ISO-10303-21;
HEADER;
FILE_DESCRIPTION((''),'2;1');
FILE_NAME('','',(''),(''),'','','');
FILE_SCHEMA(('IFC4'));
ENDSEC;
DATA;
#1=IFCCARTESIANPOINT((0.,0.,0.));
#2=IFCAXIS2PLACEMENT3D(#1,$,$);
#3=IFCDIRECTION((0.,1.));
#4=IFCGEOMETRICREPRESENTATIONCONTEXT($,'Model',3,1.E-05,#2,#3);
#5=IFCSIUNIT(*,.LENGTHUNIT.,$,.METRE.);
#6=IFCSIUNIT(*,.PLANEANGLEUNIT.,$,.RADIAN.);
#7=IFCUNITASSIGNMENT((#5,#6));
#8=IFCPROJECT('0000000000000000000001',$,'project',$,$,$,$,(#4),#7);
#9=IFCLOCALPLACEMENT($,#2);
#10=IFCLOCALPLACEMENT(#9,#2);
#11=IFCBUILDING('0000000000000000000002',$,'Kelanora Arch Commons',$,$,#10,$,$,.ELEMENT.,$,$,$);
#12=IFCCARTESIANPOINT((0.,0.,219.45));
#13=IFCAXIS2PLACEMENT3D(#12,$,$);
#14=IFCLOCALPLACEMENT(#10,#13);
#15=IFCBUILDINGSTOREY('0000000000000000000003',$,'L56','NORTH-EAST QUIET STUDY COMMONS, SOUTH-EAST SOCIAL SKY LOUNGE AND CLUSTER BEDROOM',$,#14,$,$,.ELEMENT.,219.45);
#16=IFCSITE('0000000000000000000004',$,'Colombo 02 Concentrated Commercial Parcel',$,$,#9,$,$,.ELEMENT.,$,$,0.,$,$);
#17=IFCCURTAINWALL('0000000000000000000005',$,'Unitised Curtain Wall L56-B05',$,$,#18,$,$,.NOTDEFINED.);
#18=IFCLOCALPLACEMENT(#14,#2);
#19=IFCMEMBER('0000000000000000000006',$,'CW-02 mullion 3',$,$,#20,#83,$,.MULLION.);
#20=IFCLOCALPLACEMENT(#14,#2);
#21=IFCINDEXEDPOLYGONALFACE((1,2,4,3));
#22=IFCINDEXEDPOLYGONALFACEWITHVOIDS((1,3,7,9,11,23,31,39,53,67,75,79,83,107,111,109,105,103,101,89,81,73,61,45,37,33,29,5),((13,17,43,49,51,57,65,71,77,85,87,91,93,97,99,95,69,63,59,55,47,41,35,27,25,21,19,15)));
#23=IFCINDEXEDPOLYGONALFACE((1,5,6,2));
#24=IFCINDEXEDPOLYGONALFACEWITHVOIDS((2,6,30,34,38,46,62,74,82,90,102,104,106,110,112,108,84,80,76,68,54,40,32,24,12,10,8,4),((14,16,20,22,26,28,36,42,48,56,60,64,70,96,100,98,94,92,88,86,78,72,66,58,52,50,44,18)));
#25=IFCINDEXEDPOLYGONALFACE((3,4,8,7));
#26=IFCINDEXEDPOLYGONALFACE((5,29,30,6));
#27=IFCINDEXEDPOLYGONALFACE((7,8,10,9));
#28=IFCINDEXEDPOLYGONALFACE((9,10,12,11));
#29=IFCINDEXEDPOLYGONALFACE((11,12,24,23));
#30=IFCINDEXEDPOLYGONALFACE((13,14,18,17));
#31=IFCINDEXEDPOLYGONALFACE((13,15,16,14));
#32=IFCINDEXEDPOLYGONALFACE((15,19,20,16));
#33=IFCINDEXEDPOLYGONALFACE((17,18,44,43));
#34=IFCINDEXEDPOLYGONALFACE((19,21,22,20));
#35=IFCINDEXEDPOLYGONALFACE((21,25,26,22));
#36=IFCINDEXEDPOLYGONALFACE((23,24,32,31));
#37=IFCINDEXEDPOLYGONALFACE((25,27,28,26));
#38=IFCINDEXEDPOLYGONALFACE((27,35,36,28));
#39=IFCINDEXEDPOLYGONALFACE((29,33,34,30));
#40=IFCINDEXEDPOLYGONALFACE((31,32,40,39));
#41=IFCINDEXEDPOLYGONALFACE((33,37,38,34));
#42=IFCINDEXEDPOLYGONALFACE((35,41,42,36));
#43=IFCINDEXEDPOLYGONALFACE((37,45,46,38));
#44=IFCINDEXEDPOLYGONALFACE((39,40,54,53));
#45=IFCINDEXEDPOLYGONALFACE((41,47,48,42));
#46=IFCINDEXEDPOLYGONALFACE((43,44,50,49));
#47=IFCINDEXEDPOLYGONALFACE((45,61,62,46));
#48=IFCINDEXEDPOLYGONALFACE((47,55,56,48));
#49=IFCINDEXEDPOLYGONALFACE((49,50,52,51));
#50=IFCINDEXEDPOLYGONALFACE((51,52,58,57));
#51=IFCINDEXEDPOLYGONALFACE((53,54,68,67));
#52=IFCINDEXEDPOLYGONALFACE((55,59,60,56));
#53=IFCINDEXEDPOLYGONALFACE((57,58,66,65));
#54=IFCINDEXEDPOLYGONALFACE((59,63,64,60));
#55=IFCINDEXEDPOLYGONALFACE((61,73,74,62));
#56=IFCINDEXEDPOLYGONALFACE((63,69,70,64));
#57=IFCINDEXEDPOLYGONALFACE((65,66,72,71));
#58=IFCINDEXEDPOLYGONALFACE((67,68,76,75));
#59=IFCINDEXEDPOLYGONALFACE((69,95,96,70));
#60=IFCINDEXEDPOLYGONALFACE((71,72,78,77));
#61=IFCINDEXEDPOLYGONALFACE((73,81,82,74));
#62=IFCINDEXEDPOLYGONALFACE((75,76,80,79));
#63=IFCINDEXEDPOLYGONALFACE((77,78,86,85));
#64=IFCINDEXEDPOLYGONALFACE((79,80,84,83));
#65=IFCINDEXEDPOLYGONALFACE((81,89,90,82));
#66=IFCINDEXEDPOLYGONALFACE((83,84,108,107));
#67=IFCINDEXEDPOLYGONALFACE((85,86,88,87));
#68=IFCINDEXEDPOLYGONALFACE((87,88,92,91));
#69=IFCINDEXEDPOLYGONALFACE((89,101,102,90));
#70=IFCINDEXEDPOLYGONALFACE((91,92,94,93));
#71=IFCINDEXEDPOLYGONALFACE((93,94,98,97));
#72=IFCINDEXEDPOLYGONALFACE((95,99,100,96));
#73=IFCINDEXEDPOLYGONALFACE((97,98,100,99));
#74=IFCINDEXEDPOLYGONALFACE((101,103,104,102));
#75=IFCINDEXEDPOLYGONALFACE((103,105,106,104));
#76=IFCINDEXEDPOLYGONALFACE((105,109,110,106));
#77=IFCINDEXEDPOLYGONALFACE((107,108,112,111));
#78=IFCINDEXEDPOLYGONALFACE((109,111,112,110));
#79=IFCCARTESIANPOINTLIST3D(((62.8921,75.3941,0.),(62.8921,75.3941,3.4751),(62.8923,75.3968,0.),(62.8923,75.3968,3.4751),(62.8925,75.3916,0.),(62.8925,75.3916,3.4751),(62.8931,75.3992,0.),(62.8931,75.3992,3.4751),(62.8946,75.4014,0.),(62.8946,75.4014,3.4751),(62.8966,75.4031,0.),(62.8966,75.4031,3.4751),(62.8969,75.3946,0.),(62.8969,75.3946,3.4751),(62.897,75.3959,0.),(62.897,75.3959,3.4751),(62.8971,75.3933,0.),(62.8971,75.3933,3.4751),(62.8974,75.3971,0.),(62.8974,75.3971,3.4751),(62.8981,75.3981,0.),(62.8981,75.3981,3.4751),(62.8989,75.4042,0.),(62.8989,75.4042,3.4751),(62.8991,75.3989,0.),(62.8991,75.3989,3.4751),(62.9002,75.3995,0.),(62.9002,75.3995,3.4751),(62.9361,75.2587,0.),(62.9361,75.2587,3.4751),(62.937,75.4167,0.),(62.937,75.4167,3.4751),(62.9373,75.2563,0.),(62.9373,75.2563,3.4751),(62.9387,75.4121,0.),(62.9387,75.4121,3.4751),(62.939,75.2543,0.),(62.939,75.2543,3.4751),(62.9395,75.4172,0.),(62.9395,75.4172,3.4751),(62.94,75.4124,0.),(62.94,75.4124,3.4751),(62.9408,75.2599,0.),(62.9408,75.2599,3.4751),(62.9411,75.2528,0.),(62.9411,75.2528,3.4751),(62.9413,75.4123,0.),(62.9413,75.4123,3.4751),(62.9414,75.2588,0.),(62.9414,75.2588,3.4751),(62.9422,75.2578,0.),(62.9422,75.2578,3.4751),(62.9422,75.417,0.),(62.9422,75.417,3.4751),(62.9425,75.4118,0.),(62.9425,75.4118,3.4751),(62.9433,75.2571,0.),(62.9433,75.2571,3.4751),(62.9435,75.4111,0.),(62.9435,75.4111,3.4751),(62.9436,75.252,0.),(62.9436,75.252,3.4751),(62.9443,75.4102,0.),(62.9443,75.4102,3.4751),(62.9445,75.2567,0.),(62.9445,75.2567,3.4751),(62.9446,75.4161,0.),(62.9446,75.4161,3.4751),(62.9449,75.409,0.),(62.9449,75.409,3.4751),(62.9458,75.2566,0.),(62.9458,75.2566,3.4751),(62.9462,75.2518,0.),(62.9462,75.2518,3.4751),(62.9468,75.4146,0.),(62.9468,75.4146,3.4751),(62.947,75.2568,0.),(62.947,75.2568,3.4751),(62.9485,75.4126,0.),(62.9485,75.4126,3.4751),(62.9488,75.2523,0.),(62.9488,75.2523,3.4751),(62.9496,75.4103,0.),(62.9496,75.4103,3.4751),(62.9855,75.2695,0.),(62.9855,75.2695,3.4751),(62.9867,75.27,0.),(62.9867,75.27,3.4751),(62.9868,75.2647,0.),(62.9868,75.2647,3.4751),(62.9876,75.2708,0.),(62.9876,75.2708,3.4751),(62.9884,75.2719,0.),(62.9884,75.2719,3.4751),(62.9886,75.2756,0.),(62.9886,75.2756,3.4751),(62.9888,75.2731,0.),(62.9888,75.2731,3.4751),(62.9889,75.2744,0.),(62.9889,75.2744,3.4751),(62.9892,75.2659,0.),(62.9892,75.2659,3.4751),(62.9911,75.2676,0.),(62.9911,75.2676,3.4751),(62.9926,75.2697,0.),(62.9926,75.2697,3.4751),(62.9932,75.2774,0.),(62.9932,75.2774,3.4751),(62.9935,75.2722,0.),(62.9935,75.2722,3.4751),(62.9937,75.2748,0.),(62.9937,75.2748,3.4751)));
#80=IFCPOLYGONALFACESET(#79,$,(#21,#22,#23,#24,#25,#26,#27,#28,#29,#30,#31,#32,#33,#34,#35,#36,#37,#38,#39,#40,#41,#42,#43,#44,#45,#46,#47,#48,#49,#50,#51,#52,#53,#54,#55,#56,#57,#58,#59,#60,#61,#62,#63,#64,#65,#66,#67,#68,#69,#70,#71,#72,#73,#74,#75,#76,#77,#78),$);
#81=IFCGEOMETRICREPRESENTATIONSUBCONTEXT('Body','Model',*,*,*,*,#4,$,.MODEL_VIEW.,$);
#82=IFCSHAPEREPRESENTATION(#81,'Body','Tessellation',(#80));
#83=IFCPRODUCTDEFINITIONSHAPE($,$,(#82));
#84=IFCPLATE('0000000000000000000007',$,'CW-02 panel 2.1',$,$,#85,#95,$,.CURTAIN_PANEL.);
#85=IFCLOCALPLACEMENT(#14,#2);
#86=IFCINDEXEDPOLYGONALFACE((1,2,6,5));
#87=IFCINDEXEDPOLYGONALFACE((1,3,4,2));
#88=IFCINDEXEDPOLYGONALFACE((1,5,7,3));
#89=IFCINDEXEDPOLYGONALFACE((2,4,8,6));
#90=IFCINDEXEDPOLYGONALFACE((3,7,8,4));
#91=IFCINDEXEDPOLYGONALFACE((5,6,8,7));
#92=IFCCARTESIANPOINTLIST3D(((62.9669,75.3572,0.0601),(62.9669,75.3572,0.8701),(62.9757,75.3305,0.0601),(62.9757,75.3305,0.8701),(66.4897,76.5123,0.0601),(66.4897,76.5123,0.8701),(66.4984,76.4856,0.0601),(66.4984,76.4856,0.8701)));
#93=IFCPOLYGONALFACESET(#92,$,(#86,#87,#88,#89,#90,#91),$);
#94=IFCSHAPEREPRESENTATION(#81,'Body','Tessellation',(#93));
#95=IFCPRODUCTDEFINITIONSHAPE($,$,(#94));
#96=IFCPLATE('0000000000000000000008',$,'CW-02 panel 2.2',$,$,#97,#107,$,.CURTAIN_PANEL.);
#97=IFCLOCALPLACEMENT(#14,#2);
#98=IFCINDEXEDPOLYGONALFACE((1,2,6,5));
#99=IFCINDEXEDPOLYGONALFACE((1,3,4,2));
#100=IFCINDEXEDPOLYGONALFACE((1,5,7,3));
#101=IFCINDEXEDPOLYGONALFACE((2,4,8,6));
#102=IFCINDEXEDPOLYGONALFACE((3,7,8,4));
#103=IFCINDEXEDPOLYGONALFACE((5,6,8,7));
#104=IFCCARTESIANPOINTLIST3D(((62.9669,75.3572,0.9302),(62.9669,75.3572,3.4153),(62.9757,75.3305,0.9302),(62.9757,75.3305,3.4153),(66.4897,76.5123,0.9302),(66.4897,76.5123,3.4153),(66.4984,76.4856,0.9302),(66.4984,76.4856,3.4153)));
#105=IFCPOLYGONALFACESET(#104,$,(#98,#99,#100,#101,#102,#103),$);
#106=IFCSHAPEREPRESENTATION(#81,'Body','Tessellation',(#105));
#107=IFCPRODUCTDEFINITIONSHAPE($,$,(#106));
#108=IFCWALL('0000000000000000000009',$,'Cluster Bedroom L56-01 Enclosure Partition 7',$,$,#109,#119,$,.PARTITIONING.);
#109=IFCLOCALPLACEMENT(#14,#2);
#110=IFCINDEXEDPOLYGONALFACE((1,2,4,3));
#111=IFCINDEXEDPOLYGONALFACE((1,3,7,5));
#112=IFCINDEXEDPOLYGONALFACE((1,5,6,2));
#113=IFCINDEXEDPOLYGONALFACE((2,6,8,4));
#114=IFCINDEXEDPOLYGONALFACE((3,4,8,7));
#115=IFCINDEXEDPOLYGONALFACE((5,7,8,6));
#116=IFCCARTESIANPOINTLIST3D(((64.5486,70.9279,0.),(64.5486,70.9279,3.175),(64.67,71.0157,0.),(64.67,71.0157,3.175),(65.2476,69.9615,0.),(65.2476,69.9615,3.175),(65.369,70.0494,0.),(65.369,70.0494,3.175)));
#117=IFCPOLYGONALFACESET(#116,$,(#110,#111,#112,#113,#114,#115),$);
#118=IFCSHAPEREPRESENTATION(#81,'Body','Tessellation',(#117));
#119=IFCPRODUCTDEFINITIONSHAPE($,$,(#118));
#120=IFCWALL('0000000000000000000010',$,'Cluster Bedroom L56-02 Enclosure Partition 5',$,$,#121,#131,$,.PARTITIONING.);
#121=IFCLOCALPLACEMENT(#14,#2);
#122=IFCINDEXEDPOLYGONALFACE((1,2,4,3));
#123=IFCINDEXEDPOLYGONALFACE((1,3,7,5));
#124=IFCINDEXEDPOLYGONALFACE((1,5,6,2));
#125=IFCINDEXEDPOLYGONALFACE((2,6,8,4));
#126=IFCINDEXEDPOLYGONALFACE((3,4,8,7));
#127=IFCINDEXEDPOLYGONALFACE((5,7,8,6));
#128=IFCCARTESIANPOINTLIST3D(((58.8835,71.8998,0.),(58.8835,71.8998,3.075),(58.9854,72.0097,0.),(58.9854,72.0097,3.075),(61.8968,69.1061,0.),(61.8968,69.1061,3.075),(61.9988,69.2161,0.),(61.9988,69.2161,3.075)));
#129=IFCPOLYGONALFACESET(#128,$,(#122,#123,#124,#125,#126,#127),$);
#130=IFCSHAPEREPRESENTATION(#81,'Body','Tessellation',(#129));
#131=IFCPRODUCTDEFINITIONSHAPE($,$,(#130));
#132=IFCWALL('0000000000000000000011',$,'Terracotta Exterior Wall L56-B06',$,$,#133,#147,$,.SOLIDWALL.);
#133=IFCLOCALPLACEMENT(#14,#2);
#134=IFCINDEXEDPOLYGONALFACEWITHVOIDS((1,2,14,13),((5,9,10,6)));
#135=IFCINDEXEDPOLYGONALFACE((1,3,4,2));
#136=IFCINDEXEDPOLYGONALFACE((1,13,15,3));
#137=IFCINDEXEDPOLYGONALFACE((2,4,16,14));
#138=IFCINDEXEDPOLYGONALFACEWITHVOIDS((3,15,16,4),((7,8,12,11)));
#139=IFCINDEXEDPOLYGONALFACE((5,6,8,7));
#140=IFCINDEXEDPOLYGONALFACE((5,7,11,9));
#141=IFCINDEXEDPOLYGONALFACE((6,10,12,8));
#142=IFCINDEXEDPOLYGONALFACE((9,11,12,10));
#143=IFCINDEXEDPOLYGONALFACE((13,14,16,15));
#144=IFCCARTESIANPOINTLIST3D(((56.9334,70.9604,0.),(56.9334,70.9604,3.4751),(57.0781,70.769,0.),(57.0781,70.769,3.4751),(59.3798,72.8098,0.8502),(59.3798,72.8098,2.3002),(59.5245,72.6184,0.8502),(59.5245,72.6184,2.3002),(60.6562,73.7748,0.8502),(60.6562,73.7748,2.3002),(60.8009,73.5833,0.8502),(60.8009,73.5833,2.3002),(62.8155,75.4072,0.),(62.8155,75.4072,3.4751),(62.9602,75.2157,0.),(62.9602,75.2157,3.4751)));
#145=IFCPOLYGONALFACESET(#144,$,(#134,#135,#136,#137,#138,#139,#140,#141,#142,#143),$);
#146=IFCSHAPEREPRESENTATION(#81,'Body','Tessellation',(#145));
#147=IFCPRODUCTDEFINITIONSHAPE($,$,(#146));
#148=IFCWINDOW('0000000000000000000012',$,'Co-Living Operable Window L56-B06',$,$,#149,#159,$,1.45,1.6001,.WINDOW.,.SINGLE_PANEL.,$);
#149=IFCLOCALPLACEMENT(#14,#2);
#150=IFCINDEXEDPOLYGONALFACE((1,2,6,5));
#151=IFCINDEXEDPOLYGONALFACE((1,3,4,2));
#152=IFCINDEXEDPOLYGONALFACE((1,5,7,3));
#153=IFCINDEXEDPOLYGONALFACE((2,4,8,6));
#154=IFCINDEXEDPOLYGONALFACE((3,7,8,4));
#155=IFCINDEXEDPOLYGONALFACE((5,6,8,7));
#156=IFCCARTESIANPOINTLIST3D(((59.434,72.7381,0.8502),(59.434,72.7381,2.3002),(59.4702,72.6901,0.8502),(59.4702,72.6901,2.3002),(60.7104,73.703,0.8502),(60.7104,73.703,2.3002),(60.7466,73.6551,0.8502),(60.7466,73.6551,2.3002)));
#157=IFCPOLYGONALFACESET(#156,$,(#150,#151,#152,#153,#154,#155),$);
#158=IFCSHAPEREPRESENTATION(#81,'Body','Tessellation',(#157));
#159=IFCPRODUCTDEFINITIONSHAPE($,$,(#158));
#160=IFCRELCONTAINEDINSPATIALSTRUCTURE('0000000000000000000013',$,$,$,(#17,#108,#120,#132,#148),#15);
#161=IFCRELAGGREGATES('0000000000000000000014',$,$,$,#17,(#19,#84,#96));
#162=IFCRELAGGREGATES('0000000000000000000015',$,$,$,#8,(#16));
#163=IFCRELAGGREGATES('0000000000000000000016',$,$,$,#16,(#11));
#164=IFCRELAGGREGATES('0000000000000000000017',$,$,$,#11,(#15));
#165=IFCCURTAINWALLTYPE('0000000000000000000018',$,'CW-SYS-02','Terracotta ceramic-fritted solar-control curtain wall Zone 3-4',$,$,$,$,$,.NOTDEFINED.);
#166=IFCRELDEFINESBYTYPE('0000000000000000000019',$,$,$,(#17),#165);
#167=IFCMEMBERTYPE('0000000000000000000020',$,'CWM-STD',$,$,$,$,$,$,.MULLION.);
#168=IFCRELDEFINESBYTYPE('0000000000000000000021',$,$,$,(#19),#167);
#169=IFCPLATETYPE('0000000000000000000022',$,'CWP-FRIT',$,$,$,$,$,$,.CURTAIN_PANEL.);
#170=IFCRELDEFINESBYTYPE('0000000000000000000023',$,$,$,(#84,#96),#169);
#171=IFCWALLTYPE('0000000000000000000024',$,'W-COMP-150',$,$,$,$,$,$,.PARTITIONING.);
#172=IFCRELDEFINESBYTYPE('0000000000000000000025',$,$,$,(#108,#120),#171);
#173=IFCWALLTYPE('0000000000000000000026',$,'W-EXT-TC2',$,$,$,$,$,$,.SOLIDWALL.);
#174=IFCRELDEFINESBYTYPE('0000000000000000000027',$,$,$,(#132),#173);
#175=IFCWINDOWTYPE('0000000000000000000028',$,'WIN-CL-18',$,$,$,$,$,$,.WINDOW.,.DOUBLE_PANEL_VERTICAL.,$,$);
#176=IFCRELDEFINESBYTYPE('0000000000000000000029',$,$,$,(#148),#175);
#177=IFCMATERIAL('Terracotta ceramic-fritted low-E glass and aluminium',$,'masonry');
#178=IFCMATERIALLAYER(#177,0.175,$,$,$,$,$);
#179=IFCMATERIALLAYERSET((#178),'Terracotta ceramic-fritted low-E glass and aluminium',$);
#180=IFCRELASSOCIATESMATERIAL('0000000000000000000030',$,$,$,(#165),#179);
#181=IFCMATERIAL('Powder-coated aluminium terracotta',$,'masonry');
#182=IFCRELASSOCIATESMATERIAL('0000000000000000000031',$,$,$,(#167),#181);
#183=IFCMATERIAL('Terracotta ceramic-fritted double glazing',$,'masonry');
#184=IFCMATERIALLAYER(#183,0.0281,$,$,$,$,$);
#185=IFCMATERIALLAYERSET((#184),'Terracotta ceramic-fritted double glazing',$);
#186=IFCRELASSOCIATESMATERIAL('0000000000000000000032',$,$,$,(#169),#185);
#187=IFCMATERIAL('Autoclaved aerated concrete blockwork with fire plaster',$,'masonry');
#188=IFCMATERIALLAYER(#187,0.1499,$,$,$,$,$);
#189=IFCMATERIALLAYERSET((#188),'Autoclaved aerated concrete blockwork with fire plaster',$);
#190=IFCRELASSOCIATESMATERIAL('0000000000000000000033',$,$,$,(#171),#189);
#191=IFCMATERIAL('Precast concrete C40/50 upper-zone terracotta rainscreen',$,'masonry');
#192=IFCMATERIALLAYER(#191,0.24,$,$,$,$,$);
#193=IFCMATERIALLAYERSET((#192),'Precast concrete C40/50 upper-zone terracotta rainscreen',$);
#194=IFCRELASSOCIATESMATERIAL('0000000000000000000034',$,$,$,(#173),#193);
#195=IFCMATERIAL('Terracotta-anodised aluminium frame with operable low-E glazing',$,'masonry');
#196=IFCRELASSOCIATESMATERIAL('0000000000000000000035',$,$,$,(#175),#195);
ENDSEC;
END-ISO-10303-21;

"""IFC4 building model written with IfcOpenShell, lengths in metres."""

from ifc_helpers import new_model, si_unit, direction, frame, frame_2d, origin, origin_2d, place, context, subcontext, project, spatial, rectangle, hollow_rectangle, extrude, source, transform, mapped, material, layer, layer_set, material_profile, profile_set, type_object, element, fill, aggregate, save


model = new_model("IFC4")

# Units and contexts
model_context = context("Model", 3, precision=1e-05, world=origin(), true_north=direction((0.0, 1.0)))
body_context = subcontext(model_context, "Body", "Model", "MODEL_VIEW")
ifc_project = project(units=[si_unit("LENGTHUNIT", "METRE"), si_unit("PLANEANGLEUNIT", "RADIAN")], contexts=[model_context])

# Site, building, storey
site_placement = place(None, origin())
site = spatial("IfcSite", under=ifc_project, at=site_placement, Name="Colombo 02 Concentrated Commercial Parcel", CompositionType="ELEMENT", RefElevation=0.0)
building_placement = place(site_placement, origin())
building = spatial("IfcBuilding", under=site, at=building_placement, Name="Kelanora Arch Commons", CompositionType="ELEMENT")
storey_placement = place(building_placement, frame((0.0, 0.0, 219.45)))
storey = spatial("IfcBuildingStorey", under=building, at=storey_placement, Name="L56", Description="NORTH-EAST QUIET STUDY COMMONS, SOUTH-EAST SOCIAL SKY LOUNGE AND CLUSTER BEDROOM", CompositionType="ELEMENT", Elevation=219.45)

# Curtain wall, member, plates
ifc_material_1 = material(Name="Terracotta ceramic-fritted low-E glass and aluminium", Category="masonry")
ifc_layer_1 = layer(ifc_material_1, 0.175)
ifc_layer_set_1 = layer_set([ifc_layer_1], Name="Terracotta ceramic-fritted low-E glass and aluminium")
curtain_wall_type = type_object("IfcCurtainWallType", Name="CW-SYS-02", Description="Terracotta ceramic-fritted solar-control curtain wall Zone 3-4", PredefinedType="NOTDEFINED", material=ifc_layer_set_1)
curtain_wall_placement = place(storey_placement, origin())
curtain_wall = element("IfcCurtainWall", 1, at=curtain_wall_placement, inside=storey, type_object=curtain_wall_type, Name="Unitised Curtain Wall L56-B05", PredefinedType="NOTDEFINED")
ifc_material_2 = material(Name="Powder-coated aluminium terracotta", Category="masonry")
ifc_material_profile_1 = material_profile(ifc_material_2, hollow_rectangle(XDim=0.1599, YDim=0.0601, WallThickness=0.0049, InnerFilletRadius=0.0049, OuterFilletRadius=0.01, at=origin_2d()), Name="CWM160x60")
ifc_profile_set_1 = profile_set([ifc_material_profile_1], Name="Powder-coated aluminium terracotta")
member_type = type_object("IfcMemberType", Name="CWM-STD", PredefinedType="MULLION", material=ifc_profile_set_1)
member_placement = place(storey_placement, frame((62.9429, 75.3345, 0.0), z_axis=(0.0, 0.0, 1.0), x_axis=(0.311582, -0.950219, 0.0)))
member = element("IfcMember", 2, at=member_placement, type_object=member_type, Name="CW-02 mullion 3", PredefinedType="MULLION", context=body_context, shape_type="SweptSolid", body=[
    extrude(hollow_rectangle(XDim=0.1599, YDim=0.0601, WallThickness=0.0049, InnerFilletRadius=0.0049, OuterFilletRadius=0.01, at=origin_2d()), origin(), (0.0, 0.0, 1.0), 3.4751),
])
ifc_material_3 = material(Name="Terracotta ceramic-fritted double glazing", Category="masonry")
ifc_layer_2 = layer(ifc_material_3, 0.0281)
ifc_layer_set_2 = layer_set([ifc_layer_2], Name="Terracotta ceramic-fritted double glazing")
plate_type = type_object("IfcPlateType", Name="CWP-FRIT", PredefinedType="CURTAIN_PANEL", material=ifc_layer_set_2)
shared_shape_1 = source(origin(), body_context, "Body", "SweptSolid", [
    extrude(rectangle(XDim=3.7073, YDim=0.0281, at=origin_2d()), origin(), (0.0, 0.0, 1.0), 0.8101),
])
plate_1_placement = place(storey_placement, frame((64.7327, 75.9214, 0.0601), z_axis=(0.0, 0.0, 1.0), x_axis=(-0.950219, -0.311582, 0.0)))
plate_1 = element("IfcPlate", 3, at=plate_1_placement, type_object=plate_type, Name="CW-02 panel 2.1", PredefinedType="CURTAIN_PANEL", context=body_context, shape_type="MappedRepresentation", body=[
    mapped(shared_shape_1, transform((0.0, 0.0, 0.0), scale=1.0)),
])
shared_shape_2 = source(origin(), body_context, "Body", "SweptSolid", [
    extrude(rectangle(XDim=3.7073, YDim=0.0281, at=origin_2d()), origin(), (0.0, 0.0, 1.0), 2.4851),
])
plate_2_placement = place(storey_placement, frame((64.7327, 75.9214, 0.9302), z_axis=(0.0, 0.0, 1.0), x_axis=(-0.950219, -0.311582, 0.0)))
plate_2 = element("IfcPlate", 4, at=plate_2_placement, type_object=plate_type, Name="CW-02 panel 2.2", PredefinedType="CURTAIN_PANEL", context=body_context, shape_type="MappedRepresentation", body=[
    mapped(shared_shape_2, transform((0.0, 0.0, 0.0), scale=1.0)),
])
aggregate(curtain_wall, [member, plate_1, plate_2])

# Walls
ifc_material_4 = material(Name="Autoclaved aerated concrete blockwork with fire plaster", Category="masonry")
ifc_layer_3 = layer(ifc_material_4, 0.1499)
ifc_layer_set_3 = layer_set([ifc_layer_3], Name="Autoclaved aerated concrete blockwork with fire plaster")
wall_type_1 = type_object("IfcWallType", Name="W-COMP-150", PredefinedType="PARTITIONING", material=ifc_layer_set_3)
wall_1_placement = place(storey_placement, frame((64.6094, 70.9717, 0.0), z_axis=(0.0, 0.0, 1.0), x_axis=(0.586088, -0.810247, 0.0)))
element("IfcWall", 5, at=wall_1_placement, inside=storey, type_object=wall_type_1, Name="Cluster Bedroom L56-01 Enclosure Partition 7", PredefinedType="PARTITIONING", context=body_context, shape_type="SweptSolid", body=[
    extrude(rectangle(XDim=1.1926, YDim=0.1499, at=frame_2d((0.5962, 0.0))), origin(), (0.0, 0.0, 1.0), 3.175),
])
wall_2_placement = place(storey_placement, frame((58.9343, 71.9548, 0.0), z_axis=(0.0, 0.0, 1.0), x_axis=(0.733337, -0.679865, 0.0)))
element("IfcWall", 6, at=wall_2_placement, inside=storey, type_object=wall_type_1, Name="Cluster Bedroom L56-02 Enclosure Partition 5", PredefinedType="PARTITIONING", context=body_context, shape_type="SweptSolid", body=[
    extrude(rectangle(XDim=4.1091, YDim=0.1499, at=frame_2d((2.0547, 0.0))), origin(), (0.0, 0.0, 1.0), 3.075),
])

# Wall, opening, window
ifc_material_5 = material(Name="Precast concrete C40/50 upper-zone terracotta rainscreen", Category="masonry")
ifc_layer_4 = layer(ifc_material_5, 0.24)
ifc_layer_set_4 = layer_set([ifc_layer_4], Name="Precast concrete C40/50 upper-zone terracotta rainscreen")
wall_type_2 = type_object("IfcWallType", Name="W-EXT-TC2", PredefinedType="SOLIDWALL", material=ifc_layer_set_4)
wall_3_placement = place(storey_placement, frame((62.8879, 75.3115, 0.0), z_axis=(0.0, 0.0, 1.0), x_axis=(-0.797702, -0.603052, 0.0)))
wall_3 = element("IfcWall", 7, at=wall_3_placement, inside=storey, type_object=wall_type_2, Name="Terracotta Exterior Wall L56-B06", PredefinedType="SOLIDWALL", context=body_context, shape_type="SweptSolid", body=[
    extrude(rectangle(XDim=7.3738, YDim=0.24, at=frame_2d((3.687, 0.0))), origin(), (0.0, 0.0, 1.0), 3.4751),
])
opening_1_placement = place(wall_3_placement, frame((2.707, 0.0, 0.8501)))
opening_1 = element("IfcOpeningElement", 8, at=opening_1_placement, cuts=wall_3, PredefinedType="OPENING", context=body_context, shape_type="SweptSolid", body=[
    extrude(rectangle(XDim=1.6001, YDim=1.45, at=frame_2d((0.8, 0.7251))), frame((0.0, 0.1299, 0.0), z_axis=(0.0, -1.0, 0.0), x_axis=(1.0, 0.0, 0.0)), (0.0, 0.0, 1.0), 0.26),
])
ifc_material_6 = material(Name="Terracotta-anodised aluminium frame with operable low-E glazing", Category="masonry")
window_type_1 = type_object("IfcWindowType", Name="WIN-CL-18", PartitioningType="DOUBLE_PANEL_VERTICAL", PredefinedType="WINDOW", material=ifc_material_6)
window_1_placement = place(opening_1_placement, origin())
window_1 = element("IfcWindow", 9, at=window_1_placement, inside=storey, type_object=window_type_1, Name="Co-Living Operable Window L56-B06", OverallHeight=1.45, OverallWidth=1.6001, PartitioningType="SINGLE_PANEL", PredefinedType="WINDOW", context=body_context, shape_type="SweptSolid", body=[
    extrude(rectangle(XDim=1.6001, YDim=1.45, at=frame_2d((0.8, 0.7251))), frame((0.0, 0.03, 0.0), z_axis=(0.0, -1.0, 0.0), x_axis=(1.0, 0.0, 0.0)), (0.0, 0.0, 1.0), 0.0601),
])
fill(opening_1, window_1)

save(model, "model.ifc")
